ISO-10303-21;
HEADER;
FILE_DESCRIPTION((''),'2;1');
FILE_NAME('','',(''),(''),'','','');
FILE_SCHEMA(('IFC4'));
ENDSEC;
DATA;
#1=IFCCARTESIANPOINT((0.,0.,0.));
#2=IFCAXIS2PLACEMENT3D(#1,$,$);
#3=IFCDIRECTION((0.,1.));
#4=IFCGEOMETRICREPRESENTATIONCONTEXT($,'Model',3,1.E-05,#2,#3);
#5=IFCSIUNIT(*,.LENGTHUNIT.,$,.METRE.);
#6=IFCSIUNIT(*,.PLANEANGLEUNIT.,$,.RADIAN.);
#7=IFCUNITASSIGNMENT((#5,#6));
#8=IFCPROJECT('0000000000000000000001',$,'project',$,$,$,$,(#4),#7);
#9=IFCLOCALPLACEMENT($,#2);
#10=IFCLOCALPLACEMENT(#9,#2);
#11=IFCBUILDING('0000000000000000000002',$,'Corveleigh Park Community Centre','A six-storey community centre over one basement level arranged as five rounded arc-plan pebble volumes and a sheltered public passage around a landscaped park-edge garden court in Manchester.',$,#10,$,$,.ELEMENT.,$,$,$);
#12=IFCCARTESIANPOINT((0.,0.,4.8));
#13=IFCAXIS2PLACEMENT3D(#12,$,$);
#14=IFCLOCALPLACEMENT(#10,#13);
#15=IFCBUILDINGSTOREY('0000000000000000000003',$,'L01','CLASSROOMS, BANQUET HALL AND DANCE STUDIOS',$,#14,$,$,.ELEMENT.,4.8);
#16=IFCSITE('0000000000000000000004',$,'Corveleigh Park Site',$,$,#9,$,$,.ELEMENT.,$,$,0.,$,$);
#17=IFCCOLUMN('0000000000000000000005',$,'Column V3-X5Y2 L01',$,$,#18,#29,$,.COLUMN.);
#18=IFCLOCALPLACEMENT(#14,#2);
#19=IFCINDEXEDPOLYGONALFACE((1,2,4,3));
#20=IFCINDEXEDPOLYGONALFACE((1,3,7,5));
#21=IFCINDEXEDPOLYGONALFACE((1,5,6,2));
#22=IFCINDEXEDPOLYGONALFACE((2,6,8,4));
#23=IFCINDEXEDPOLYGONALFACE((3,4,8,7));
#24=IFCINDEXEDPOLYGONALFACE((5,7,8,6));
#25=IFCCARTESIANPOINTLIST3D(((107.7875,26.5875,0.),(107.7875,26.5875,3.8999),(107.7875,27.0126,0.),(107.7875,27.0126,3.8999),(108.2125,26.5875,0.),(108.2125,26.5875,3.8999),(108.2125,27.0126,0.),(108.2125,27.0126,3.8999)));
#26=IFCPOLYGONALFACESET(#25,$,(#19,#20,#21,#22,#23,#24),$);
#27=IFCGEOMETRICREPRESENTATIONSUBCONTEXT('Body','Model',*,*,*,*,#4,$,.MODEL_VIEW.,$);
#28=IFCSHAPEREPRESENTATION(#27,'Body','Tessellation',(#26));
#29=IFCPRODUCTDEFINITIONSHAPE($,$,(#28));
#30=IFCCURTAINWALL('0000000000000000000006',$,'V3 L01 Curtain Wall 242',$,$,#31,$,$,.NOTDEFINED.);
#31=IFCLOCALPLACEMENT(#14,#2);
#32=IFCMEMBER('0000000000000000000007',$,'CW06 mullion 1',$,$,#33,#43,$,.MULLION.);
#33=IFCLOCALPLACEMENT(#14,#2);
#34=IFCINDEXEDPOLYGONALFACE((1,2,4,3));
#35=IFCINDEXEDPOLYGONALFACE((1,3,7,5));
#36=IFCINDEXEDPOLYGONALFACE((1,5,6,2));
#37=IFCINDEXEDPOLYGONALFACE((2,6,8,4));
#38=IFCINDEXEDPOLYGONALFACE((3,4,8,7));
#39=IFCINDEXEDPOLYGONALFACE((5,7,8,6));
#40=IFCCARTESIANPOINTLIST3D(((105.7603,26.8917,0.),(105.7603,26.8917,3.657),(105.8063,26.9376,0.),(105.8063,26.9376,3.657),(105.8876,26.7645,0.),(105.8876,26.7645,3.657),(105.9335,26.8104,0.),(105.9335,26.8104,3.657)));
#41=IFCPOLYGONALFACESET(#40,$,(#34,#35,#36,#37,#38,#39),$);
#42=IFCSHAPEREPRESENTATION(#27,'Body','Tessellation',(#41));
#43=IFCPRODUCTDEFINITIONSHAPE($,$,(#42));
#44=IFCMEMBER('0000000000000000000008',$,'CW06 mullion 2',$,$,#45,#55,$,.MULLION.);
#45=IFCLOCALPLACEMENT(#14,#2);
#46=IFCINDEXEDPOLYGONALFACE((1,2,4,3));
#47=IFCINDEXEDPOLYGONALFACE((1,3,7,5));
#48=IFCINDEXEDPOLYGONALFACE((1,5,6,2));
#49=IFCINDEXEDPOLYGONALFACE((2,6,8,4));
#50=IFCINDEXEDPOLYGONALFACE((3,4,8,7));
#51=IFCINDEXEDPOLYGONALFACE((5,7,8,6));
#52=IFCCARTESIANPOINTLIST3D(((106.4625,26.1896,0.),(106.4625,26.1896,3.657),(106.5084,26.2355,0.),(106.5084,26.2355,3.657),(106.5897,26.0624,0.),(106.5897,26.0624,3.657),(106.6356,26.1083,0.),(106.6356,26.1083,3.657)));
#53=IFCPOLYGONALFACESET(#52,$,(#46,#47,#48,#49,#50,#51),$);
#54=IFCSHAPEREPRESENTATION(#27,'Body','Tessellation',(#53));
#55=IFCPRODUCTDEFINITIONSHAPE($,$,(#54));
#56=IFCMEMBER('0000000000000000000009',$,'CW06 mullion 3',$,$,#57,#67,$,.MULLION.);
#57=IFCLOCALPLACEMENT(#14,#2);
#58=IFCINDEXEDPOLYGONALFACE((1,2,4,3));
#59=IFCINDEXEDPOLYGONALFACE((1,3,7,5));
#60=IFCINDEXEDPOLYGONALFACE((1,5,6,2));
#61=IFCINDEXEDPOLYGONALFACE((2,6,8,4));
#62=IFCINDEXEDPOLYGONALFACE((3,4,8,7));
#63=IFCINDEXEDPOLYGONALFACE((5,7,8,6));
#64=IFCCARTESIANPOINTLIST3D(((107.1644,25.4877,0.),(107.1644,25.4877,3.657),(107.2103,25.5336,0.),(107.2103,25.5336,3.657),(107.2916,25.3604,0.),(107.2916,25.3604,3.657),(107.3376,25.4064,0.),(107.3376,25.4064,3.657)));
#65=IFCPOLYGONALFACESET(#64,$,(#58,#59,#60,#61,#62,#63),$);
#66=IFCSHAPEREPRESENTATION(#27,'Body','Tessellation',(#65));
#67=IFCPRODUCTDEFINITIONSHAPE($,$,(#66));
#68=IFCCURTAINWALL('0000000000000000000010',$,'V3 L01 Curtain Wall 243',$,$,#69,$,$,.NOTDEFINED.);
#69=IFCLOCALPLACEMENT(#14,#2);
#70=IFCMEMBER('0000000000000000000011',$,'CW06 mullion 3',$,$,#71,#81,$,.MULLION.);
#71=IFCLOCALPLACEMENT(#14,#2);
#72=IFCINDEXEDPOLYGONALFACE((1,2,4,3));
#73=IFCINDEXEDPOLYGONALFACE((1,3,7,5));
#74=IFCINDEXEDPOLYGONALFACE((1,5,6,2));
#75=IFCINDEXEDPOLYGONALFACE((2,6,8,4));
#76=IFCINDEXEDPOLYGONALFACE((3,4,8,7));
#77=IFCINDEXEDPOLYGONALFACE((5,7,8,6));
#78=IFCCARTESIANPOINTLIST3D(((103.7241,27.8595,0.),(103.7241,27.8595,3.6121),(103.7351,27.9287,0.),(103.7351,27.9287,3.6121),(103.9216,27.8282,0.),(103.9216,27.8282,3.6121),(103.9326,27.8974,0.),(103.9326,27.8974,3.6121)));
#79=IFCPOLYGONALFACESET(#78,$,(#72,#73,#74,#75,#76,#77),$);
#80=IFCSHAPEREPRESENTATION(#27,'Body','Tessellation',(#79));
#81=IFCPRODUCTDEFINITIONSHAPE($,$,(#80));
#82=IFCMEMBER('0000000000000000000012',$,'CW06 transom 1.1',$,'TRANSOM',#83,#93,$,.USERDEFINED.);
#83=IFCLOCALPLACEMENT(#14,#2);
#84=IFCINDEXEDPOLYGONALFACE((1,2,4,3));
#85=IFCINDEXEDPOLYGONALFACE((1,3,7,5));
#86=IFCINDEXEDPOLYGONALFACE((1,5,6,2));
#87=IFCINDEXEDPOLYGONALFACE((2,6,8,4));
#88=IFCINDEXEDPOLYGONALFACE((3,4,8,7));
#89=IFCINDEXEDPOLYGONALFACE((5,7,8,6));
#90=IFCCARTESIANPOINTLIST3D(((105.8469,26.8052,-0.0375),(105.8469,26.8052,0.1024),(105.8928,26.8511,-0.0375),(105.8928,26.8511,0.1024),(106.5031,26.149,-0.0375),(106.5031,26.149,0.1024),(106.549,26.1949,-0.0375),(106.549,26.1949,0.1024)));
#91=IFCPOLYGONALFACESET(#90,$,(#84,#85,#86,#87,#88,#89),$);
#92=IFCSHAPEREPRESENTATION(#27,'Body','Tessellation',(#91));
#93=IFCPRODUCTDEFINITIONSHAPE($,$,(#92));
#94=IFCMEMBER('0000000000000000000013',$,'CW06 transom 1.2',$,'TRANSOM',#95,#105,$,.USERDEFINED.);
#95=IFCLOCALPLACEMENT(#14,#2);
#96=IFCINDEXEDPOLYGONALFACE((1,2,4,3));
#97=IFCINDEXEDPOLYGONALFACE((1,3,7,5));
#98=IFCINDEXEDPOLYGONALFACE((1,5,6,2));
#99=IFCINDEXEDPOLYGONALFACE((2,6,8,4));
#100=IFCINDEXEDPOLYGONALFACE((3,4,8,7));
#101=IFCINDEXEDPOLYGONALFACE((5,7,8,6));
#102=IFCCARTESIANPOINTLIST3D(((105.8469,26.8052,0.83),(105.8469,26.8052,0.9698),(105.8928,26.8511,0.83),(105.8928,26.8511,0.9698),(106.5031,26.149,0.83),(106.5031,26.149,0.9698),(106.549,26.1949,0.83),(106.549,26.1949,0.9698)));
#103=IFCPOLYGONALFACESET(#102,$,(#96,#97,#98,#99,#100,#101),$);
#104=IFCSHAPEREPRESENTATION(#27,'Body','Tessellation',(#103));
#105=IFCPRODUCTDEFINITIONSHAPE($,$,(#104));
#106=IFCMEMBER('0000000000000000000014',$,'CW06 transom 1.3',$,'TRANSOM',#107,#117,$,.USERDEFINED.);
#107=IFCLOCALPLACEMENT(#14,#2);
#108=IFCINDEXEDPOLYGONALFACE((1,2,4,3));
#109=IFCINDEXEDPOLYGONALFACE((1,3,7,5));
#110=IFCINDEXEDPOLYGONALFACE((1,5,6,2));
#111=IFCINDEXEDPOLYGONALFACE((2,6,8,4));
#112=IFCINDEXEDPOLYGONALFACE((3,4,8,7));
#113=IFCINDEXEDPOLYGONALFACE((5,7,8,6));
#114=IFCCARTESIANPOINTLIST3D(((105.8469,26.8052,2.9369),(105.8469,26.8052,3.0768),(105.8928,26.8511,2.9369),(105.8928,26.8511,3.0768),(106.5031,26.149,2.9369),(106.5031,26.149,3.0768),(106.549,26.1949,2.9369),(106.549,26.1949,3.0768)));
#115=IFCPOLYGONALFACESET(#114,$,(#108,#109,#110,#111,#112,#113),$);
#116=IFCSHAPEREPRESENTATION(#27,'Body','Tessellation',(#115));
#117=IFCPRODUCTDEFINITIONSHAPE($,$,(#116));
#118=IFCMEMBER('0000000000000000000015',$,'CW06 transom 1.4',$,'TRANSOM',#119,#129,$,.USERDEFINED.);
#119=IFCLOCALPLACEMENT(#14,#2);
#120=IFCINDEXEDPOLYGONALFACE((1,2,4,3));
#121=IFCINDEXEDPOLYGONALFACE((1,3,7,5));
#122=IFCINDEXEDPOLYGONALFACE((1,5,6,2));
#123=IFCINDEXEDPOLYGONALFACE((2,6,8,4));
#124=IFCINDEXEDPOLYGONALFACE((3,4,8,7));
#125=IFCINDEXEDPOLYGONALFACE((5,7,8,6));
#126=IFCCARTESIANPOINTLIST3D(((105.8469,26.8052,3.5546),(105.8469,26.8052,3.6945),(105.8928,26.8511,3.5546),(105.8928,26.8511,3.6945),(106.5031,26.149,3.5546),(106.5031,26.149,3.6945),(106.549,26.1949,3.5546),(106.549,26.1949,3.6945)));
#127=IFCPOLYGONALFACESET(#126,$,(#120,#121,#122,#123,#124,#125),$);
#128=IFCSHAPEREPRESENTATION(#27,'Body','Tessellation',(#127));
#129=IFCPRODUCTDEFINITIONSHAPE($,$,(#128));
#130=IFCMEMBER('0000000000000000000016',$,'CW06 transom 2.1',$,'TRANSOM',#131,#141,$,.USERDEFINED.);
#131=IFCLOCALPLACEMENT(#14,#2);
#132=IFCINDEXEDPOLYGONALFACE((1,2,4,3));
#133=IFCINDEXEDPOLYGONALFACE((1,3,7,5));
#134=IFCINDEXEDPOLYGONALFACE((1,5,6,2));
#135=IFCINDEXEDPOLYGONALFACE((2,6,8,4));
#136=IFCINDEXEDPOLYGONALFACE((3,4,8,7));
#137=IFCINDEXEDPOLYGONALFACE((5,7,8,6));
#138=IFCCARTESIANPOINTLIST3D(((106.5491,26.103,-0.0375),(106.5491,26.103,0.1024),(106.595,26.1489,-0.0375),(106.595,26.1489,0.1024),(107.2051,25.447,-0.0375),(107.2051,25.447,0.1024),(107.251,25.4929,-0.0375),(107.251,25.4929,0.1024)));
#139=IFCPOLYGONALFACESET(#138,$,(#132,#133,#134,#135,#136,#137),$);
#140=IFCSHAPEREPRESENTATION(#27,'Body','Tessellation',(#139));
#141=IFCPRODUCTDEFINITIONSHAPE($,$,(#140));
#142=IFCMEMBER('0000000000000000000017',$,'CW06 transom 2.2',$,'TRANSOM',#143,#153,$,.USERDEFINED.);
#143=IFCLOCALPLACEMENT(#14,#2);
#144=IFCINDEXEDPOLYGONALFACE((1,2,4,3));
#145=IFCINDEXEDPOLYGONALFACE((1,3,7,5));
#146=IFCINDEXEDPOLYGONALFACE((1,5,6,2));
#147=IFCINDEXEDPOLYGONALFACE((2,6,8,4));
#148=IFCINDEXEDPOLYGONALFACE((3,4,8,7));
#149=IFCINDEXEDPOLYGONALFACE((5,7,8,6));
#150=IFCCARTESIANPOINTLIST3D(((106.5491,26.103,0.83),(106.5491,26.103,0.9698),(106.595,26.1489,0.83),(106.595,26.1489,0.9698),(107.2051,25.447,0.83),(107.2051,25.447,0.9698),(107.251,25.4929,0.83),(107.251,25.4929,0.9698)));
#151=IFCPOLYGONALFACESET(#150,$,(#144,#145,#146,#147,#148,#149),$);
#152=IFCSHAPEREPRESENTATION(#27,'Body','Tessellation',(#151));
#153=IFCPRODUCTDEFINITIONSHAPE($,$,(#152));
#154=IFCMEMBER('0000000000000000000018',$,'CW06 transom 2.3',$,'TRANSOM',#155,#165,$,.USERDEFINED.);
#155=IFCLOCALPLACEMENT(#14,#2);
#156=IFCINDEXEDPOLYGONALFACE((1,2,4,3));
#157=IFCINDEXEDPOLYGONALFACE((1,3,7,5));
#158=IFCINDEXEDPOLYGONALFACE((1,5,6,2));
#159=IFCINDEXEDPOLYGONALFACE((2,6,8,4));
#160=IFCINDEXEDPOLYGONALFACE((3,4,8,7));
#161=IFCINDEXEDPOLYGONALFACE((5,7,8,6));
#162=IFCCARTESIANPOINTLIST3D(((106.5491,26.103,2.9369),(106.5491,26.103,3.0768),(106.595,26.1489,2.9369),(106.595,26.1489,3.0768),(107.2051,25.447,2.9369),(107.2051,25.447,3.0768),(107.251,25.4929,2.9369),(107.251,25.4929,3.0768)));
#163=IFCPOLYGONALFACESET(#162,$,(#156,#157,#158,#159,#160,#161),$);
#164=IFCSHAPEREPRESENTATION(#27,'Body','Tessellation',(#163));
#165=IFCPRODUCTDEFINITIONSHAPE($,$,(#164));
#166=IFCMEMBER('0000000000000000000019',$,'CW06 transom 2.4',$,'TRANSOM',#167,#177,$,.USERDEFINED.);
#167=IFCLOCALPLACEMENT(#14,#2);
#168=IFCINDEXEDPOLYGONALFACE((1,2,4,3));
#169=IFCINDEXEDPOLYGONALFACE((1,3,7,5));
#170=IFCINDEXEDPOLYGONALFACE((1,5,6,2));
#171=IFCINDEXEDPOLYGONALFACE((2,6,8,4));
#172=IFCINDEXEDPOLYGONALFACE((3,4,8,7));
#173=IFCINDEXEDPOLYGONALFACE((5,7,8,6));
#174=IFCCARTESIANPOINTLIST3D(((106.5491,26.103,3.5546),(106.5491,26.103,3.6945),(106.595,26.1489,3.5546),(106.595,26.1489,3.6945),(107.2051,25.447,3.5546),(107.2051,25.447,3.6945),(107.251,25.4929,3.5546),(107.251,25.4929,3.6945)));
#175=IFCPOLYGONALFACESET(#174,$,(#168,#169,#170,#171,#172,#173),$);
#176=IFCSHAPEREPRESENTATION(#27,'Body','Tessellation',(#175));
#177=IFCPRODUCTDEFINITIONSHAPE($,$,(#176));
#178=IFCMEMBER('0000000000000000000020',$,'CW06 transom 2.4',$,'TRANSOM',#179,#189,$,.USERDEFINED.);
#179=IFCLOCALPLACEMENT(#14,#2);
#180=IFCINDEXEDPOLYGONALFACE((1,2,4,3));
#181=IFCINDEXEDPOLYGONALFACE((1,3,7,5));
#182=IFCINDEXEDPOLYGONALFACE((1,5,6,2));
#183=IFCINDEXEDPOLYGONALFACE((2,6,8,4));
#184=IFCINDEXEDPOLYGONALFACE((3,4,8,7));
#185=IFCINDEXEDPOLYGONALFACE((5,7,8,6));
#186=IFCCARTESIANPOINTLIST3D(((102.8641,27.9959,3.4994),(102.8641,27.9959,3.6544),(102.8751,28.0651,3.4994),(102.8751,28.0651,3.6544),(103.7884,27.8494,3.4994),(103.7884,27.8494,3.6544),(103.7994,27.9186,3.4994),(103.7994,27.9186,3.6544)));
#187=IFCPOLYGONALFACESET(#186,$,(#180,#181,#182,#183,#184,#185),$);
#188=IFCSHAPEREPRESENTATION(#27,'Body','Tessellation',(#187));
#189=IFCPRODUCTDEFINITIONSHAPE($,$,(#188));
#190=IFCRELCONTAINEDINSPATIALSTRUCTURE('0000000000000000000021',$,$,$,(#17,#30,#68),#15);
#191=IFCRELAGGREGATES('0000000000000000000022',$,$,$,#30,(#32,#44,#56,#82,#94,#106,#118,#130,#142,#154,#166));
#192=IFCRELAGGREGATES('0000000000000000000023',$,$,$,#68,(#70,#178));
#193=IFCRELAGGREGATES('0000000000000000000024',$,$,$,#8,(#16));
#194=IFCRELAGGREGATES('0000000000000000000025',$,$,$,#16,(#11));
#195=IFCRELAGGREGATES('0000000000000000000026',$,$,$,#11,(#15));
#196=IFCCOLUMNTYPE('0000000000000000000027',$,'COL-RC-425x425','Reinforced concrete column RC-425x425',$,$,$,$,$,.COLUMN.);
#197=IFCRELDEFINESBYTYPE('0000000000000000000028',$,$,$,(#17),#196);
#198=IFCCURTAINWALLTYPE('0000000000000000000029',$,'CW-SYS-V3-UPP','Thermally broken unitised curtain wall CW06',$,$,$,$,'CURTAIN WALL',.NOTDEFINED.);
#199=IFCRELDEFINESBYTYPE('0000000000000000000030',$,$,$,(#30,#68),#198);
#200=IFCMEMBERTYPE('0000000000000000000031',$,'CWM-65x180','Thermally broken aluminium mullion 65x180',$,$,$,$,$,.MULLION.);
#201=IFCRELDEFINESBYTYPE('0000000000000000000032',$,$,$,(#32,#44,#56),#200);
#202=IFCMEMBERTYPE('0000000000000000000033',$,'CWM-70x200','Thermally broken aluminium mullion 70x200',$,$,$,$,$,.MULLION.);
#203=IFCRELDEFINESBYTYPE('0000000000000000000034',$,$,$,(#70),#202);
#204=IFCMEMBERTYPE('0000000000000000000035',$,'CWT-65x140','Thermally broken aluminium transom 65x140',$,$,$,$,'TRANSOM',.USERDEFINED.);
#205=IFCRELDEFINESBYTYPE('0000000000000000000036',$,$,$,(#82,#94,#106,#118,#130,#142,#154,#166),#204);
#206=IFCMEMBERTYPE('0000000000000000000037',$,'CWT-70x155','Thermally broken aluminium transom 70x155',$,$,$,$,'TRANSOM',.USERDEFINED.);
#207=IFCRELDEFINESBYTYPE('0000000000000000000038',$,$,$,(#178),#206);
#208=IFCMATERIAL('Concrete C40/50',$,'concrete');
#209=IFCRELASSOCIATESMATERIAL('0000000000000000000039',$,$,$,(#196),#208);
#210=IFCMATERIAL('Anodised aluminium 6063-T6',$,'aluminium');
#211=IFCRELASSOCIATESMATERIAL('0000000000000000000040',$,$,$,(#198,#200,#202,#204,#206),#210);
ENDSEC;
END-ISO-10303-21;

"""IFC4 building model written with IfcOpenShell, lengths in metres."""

from ifc_helpers import new_model, si_unit, direction, frame, origin, origin_2d, place, context, subcontext, project, spatial, rectangle, extrude, material, material_profile, profile_set, type_object, element, aggregate, save


model = new_model("IFC4")

# Units and contexts
model_context = context("Model", 3, precision=1e-05, world=origin(), true_north=direction((0.0, 1.0)))
body_context = subcontext(model_context, "Body", "Model", "MODEL_VIEW")
ifc_project = project(units=[si_unit("LENGTHUNIT", "METRE"), si_unit("PLANEANGLEUNIT", "RADIAN")], contexts=[model_context])

# Site, building, storey
site_placement = place(None, origin())
site = spatial("IfcSite", under=ifc_project, at=site_placement, Name="Corveleigh Park Site", CompositionType="ELEMENT", RefElevation=0.0)
building_placement = place(site_placement, origin())
building = spatial("IfcBuilding", under=site, at=building_placement, Name="Corveleigh Park Community Centre", Description="A six-storey community centre over one basement level arranged as five rounded arc-plan pebble volumes and a sheltered public passage around a landscaped park-edge garden court in Manchester.", CompositionType="ELEMENT")
storey_placement = place(building_placement, frame((0.0, 0.0, 4.8)))
storey = spatial("IfcBuildingStorey", under=building, at=storey_placement, Name="L01", Description="CLASSROOMS, BANQUET HALL AND DANCE STUDIOS", CompositionType="ELEMENT", Elevation=4.8)

# Column
ifc_material_1 = material(Name="Concrete C40/50", Category="concrete")
ifc_material_profile_1 = material_profile(ifc_material_1, rectangle(XDim=0.425, YDim=0.425, at=origin_2d()), Name="RC-425x425", Category="concrete")
ifc_profile_set_1 = profile_set([ifc_material_profile_1], Name="Concrete C40/50")
column_type = type_object("IfcColumnType", Name="COL-RC-425x425", Description="Reinforced concrete column RC-425x425", PredefinedType="COLUMN", material=ifc_profile_set_1)
column_placement = place(storey_placement, frame((108.0, 26.8, 0.0), z_axis=(0.0, 0.0, 1.0), x_axis=(1.0, 0.0, 0.0)))
element("IfcColumn", 1, at=column_placement, inside=storey, type_object=column_type, Name="Column V3-X5Y2 L01", PredefinedType="COLUMN", context=body_context, shape_type="SweptSolid", body=[
    extrude(rectangle(XDim=0.425, YDim=0.425, at=origin_2d()), origin(), (0.0, 0.0, 1.0), 3.8999),
])

# Curtain wall, members
ifc_material_2 = material(Name="Anodised aluminium 6063-T6", Category="aluminium")
curtain_wall_type = type_object("IfcCurtainWallType", Name="CW-SYS-V3-UPP", Description="Thermally broken unitised curtain wall CW06", ElementType="CURTAIN WALL", PredefinedType="NOTDEFINED", material=ifc_material_2)
curtain_wall_1_placement = place(storey_placement, origin())
curtain_wall_1 = element("IfcCurtainWall", 2, at=curtain_wall_1_placement, inside=storey, type_object=curtain_wall_type, Name="V3 L01 Curtain Wall 242", PredefinedType="NOTDEFINED")
ifc_material_profile_2 = material_profile(ifc_material_2, rectangle(XDim=0.0649, YDim=0.1799, at=origin_2d()), Name="ALU-M65x180", Category="aluminium")
ifc_profile_set_2 = profile_set([ifc_material_profile_2], Name="Anodised aluminium 6063-T6")
member_type_1 = type_object("IfcMemberType", Name="CWM-65x180", Description="Thermally broken aluminium mullion 65x180", PredefinedType="MULLION", material=ifc_profile_set_2)
member_1_placement = place(storey_placement, frame((105.8469, 26.8511, 0.0), z_axis=(0.0, 0.0, 1.0), x_axis=(0.707107, 0.707107, 0.0)))
member_1 = element("IfcMember", 3, at=member_1_placement, type_object=member_type_1, Name="CW06 mullion 1", PredefinedType="MULLION", context=body_context, shape_type="SweptSolid", body=[
    extrude(rectangle(XDim=0.0649, YDim=0.1799, at=origin_2d()), origin(), (0.0, 0.0, 1.0), 3.657),
])
member_2_placement = place(storey_placement, frame((106.5491, 26.1489, 0.0), z_axis=(0.0, 0.0, 1.0), x_axis=(0.707107, 0.707107, 0.0)))
member_2 = element("IfcMember", 4, at=member_2_placement, type_object=member_type_1, Name="CW06 mullion 2", PredefinedType="MULLION", context=body_context, shape_type="SweptSolid", body=[
    extrude(rectangle(XDim=0.0649, YDim=0.1799, at=origin_2d()), origin(), (0.0, 0.0, 1.0), 3.657),
])
member_3_placement = place(storey_placement, frame((107.251, 25.447, 0.0), z_axis=(0.0, 0.0, 1.0), x_axis=(0.707107, 0.707107, 0.0)))
member_3 = element("IfcMember", 5, at=member_3_placement, type_object=member_type_1, Name="CW06 mullion 3", PredefinedType="MULLION", context=body_context, shape_type="SweptSolid", body=[
    extrude(rectangle(XDim=0.0649, YDim=0.1799, at=origin_2d()), origin(), (0.0, 0.0, 1.0), 3.657),
])

# Curtain wall, member
curtain_wall_2_placement = place(storey_placement, origin())
curtain_wall_2 = element("IfcCurtainWall", 6, at=curtain_wall_2_placement, inside=storey, type_object=curtain_wall_type, Name="V3 L01 Curtain Wall 243", PredefinedType="NOTDEFINED")
ifc_material_profile_3 = material_profile(ifc_material_2, rectangle(XDim=0.0701, YDim=0.2, at=origin_2d()), Name="ALU-M70x200", Category="aluminium")
ifc_profile_set_3 = profile_set([ifc_material_profile_3], Name="Anodised aluminium 6063-T6")
member_type_2 = type_object("IfcMemberType", Name="CWM-70x200", Description="Thermally broken aluminium mullion 70x200", PredefinedType="MULLION", material=ifc_profile_set_3)
member_4_placement = place(storey_placement, frame((103.8284, 27.8784, 0.0), z_axis=(0.0, 0.0, 1.0), x_axis=(0.156604, 0.987661, 0.0)))
member_4 = element("IfcMember", 7, at=member_4_placement, type_object=member_type_2, Name="CW06 mullion 3", PredefinedType="MULLION", context=body_context, shape_type="SweptSolid", body=[
    extrude(rectangle(XDim=0.0701, YDim=0.2, at=origin_2d()), origin(), (0.0, 0.0, 1.0), 3.6121),
])

# Members
ifc_material_profile_4 = material_profile(ifc_material_2, rectangle(XDim=0.0649, YDim=0.1399, at=origin_2d()), Name="ALU-T65x140", Category="aluminium")
ifc_profile_set_4 = profile_set([ifc_material_profile_4], Name="Anodised aluminium 6063-T6")
member_type_3 = type_object("IfcMemberType", Name="CWT-65x140", Description="Thermally broken aluminium transom 65x140", ElementType="TRANSOM", PredefinedType="USERDEFINED", material=ifc_profile_set_4)
member_5_placement = place(storey_placement, frame((105.8699, 26.8281, 0.0325), z_axis=(0.707107, -0.707107, 0.0), x_axis=(0.707107, 0.707107, 0.0)))
member_5 = element("IfcMember", 8, at=member_5_placement, type_object=member_type_3, Name="CW06 transom 1.1", ObjectType="TRANSOM", PredefinedType="USERDEFINED", context=body_context, shape_type="SweptSolid", body=[
    extrude(rectangle(XDim=0.0649, YDim=0.1399, at=origin_2d()), origin(), (0.0, 0.0, 1.0), 0.928),
])
member_6_placement = place(storey_placement, frame((105.8699, 26.8281, 0.8999), z_axis=(0.707107, -0.707107, 0.0), x_axis=(0.707107, 0.707107, 0.0)))
member_6 = element("IfcMember", 9, at=member_6_placement, type_object=member_type_3, Name="CW06 transom 1.2", ObjectType="TRANSOM", PredefinedType="USERDEFINED", context=body_context, shape_type="SweptSolid", body=[
    extrude(rectangle(XDim=0.0649, YDim=0.1399, at=origin_2d()), origin(), (0.0, 0.0, 1.0), 0.928),
])
member_7_placement = place(storey_placement, frame((105.8699, 26.8281, 3.0068), z_axis=(0.707107, -0.707107, 0.0), x_axis=(0.707107, 0.707107, 0.0)))
member_7 = element("IfcMember", 10, at=member_7_placement, type_object=member_type_3, Name="CW06 transom 1.3", ObjectType="TRANSOM", PredefinedType="USERDEFINED", context=body_context, shape_type="SweptSolid", body=[
    extrude(rectangle(XDim=0.0649, YDim=0.1399, at=origin_2d()), origin(), (0.0, 0.0, 1.0), 0.928),
])
member_8_placement = place(storey_placement, frame((105.8699, 26.8281, 3.6245), z_axis=(0.707107, -0.707107, 0.0), x_axis=(0.707107, 0.707107, 0.0)))
member_8 = element("IfcMember", 11, at=member_8_placement, type_object=member_type_3, Name="CW06 transom 1.4", ObjectType="TRANSOM", PredefinedType="USERDEFINED", context=body_context, shape_type="SweptSolid", body=[
    extrude(rectangle(XDim=0.0649, YDim=0.1399, at=origin_2d()), origin(), (0.0, 0.0, 1.0), 0.928),
])
member_9_placement = place(storey_placement, frame((106.572, 26.126, 0.0325), z_axis=(0.707107, -0.707107, 0.0), x_axis=(0.707107, 0.707107, 0.0)))
member_9 = element("IfcMember", 12, at=member_9_placement, type_object=member_type_3, Name="CW06 transom 2.1", ObjectType="TRANSOM", PredefinedType="USERDEFINED", context=body_context, shape_type="SweptSolid", body=[
    extrude(rectangle(XDim=0.0649, YDim=0.1399, at=origin_2d()), origin(), (0.0, 0.0, 1.0), 0.9277),
])
member_10_placement = place(storey_placement, frame((106.572, 26.126, 0.8999), z_axis=(0.707107, -0.707107, 0.0), x_axis=(0.707107, 0.707107, 0.0)))
member_10 = element("IfcMember", 13, at=member_10_placement, type_object=member_type_3, Name="CW06 transom 2.2", ObjectType="TRANSOM", PredefinedType="USERDEFINED", context=body_context, shape_type="SweptSolid", body=[
    extrude(rectangle(XDim=0.0649, YDim=0.1399, at=origin_2d()), origin(), (0.0, 0.0, 1.0), 0.9277),
])
member_11_placement = place(storey_placement, frame((106.572, 26.126, 3.0068), z_axis=(0.707107, -0.707107, 0.0), x_axis=(0.707107, 0.707107, 0.0)))
member_11 = element("IfcMember", 14, at=member_11_placement, type_object=member_type_3, Name="CW06 transom 2.3", ObjectType="TRANSOM", PredefinedType="USERDEFINED", context=body_context, shape_type="SweptSolid", body=[
    extrude(rectangle(XDim=0.0649, YDim=0.1399, at=origin_2d()), origin(), (0.0, 0.0, 1.0), 0.9277),
])
member_12_placement = place(storey_placement, frame((106.572, 26.126, 3.6245), z_axis=(0.707107, -0.707107, 0.0), x_axis=(0.707107, 0.707107, 0.0)))
member_12 = element("IfcMember", 15, at=member_12_placement, type_object=member_type_3, Name="CW06 transom 2.4", ObjectType="TRANSOM", PredefinedType="USERDEFINED", context=body_context, shape_type="SweptSolid", body=[
    extrude(rectangle(XDim=0.0649, YDim=0.1399, at=origin_2d()), origin(), (0.0, 0.0, 1.0), 0.9277),
])
ifc_material_profile_5 = material_profile(ifc_material_2, rectangle(XDim=0.0701, YDim=0.155, at=origin_2d()), Name="ALU-T70x155", Category="aluminium")
ifc_profile_set_5 = profile_set([ifc_material_profile_5], Name="Anodised aluminium 6063-T6")
member_type_4 = type_object("IfcMemberType", Name="CWT-70x155", Description="Thermally broken aluminium transom 70x155", ElementType="TRANSOM", PredefinedType="USERDEFINED", material=ifc_profile_set_5)
member_13_placement = place(storey_placement, frame((102.8696, 28.0305, 3.5769), z_axis=(0.987674, -0.156525, 0.0), x_axis=(0.156525, 0.987674, 0.0)))
member_13 = element("IfcMember", 16, at=member_13_placement, type_object=member_type_4, Name="CW06 transom 2.4", ObjectType="TRANSOM", PredefinedType="USERDEFINED", context=body_context, shape_type="SweptSolid", body=[
    extrude(rectangle(XDim=0.0701, YDim=0.155, at=origin_2d()), origin(), (0.0, 0.0, 1.0), 0.9358),
])

aggregate(curtain_wall_1, [member_1, member_2, member_3, member_5, member_6, member_7, member_8, member_9, member_10, member_11, member_12])
aggregate(curtain_wall_2, [member_4, member_13])

save(model, "model.ifc")
